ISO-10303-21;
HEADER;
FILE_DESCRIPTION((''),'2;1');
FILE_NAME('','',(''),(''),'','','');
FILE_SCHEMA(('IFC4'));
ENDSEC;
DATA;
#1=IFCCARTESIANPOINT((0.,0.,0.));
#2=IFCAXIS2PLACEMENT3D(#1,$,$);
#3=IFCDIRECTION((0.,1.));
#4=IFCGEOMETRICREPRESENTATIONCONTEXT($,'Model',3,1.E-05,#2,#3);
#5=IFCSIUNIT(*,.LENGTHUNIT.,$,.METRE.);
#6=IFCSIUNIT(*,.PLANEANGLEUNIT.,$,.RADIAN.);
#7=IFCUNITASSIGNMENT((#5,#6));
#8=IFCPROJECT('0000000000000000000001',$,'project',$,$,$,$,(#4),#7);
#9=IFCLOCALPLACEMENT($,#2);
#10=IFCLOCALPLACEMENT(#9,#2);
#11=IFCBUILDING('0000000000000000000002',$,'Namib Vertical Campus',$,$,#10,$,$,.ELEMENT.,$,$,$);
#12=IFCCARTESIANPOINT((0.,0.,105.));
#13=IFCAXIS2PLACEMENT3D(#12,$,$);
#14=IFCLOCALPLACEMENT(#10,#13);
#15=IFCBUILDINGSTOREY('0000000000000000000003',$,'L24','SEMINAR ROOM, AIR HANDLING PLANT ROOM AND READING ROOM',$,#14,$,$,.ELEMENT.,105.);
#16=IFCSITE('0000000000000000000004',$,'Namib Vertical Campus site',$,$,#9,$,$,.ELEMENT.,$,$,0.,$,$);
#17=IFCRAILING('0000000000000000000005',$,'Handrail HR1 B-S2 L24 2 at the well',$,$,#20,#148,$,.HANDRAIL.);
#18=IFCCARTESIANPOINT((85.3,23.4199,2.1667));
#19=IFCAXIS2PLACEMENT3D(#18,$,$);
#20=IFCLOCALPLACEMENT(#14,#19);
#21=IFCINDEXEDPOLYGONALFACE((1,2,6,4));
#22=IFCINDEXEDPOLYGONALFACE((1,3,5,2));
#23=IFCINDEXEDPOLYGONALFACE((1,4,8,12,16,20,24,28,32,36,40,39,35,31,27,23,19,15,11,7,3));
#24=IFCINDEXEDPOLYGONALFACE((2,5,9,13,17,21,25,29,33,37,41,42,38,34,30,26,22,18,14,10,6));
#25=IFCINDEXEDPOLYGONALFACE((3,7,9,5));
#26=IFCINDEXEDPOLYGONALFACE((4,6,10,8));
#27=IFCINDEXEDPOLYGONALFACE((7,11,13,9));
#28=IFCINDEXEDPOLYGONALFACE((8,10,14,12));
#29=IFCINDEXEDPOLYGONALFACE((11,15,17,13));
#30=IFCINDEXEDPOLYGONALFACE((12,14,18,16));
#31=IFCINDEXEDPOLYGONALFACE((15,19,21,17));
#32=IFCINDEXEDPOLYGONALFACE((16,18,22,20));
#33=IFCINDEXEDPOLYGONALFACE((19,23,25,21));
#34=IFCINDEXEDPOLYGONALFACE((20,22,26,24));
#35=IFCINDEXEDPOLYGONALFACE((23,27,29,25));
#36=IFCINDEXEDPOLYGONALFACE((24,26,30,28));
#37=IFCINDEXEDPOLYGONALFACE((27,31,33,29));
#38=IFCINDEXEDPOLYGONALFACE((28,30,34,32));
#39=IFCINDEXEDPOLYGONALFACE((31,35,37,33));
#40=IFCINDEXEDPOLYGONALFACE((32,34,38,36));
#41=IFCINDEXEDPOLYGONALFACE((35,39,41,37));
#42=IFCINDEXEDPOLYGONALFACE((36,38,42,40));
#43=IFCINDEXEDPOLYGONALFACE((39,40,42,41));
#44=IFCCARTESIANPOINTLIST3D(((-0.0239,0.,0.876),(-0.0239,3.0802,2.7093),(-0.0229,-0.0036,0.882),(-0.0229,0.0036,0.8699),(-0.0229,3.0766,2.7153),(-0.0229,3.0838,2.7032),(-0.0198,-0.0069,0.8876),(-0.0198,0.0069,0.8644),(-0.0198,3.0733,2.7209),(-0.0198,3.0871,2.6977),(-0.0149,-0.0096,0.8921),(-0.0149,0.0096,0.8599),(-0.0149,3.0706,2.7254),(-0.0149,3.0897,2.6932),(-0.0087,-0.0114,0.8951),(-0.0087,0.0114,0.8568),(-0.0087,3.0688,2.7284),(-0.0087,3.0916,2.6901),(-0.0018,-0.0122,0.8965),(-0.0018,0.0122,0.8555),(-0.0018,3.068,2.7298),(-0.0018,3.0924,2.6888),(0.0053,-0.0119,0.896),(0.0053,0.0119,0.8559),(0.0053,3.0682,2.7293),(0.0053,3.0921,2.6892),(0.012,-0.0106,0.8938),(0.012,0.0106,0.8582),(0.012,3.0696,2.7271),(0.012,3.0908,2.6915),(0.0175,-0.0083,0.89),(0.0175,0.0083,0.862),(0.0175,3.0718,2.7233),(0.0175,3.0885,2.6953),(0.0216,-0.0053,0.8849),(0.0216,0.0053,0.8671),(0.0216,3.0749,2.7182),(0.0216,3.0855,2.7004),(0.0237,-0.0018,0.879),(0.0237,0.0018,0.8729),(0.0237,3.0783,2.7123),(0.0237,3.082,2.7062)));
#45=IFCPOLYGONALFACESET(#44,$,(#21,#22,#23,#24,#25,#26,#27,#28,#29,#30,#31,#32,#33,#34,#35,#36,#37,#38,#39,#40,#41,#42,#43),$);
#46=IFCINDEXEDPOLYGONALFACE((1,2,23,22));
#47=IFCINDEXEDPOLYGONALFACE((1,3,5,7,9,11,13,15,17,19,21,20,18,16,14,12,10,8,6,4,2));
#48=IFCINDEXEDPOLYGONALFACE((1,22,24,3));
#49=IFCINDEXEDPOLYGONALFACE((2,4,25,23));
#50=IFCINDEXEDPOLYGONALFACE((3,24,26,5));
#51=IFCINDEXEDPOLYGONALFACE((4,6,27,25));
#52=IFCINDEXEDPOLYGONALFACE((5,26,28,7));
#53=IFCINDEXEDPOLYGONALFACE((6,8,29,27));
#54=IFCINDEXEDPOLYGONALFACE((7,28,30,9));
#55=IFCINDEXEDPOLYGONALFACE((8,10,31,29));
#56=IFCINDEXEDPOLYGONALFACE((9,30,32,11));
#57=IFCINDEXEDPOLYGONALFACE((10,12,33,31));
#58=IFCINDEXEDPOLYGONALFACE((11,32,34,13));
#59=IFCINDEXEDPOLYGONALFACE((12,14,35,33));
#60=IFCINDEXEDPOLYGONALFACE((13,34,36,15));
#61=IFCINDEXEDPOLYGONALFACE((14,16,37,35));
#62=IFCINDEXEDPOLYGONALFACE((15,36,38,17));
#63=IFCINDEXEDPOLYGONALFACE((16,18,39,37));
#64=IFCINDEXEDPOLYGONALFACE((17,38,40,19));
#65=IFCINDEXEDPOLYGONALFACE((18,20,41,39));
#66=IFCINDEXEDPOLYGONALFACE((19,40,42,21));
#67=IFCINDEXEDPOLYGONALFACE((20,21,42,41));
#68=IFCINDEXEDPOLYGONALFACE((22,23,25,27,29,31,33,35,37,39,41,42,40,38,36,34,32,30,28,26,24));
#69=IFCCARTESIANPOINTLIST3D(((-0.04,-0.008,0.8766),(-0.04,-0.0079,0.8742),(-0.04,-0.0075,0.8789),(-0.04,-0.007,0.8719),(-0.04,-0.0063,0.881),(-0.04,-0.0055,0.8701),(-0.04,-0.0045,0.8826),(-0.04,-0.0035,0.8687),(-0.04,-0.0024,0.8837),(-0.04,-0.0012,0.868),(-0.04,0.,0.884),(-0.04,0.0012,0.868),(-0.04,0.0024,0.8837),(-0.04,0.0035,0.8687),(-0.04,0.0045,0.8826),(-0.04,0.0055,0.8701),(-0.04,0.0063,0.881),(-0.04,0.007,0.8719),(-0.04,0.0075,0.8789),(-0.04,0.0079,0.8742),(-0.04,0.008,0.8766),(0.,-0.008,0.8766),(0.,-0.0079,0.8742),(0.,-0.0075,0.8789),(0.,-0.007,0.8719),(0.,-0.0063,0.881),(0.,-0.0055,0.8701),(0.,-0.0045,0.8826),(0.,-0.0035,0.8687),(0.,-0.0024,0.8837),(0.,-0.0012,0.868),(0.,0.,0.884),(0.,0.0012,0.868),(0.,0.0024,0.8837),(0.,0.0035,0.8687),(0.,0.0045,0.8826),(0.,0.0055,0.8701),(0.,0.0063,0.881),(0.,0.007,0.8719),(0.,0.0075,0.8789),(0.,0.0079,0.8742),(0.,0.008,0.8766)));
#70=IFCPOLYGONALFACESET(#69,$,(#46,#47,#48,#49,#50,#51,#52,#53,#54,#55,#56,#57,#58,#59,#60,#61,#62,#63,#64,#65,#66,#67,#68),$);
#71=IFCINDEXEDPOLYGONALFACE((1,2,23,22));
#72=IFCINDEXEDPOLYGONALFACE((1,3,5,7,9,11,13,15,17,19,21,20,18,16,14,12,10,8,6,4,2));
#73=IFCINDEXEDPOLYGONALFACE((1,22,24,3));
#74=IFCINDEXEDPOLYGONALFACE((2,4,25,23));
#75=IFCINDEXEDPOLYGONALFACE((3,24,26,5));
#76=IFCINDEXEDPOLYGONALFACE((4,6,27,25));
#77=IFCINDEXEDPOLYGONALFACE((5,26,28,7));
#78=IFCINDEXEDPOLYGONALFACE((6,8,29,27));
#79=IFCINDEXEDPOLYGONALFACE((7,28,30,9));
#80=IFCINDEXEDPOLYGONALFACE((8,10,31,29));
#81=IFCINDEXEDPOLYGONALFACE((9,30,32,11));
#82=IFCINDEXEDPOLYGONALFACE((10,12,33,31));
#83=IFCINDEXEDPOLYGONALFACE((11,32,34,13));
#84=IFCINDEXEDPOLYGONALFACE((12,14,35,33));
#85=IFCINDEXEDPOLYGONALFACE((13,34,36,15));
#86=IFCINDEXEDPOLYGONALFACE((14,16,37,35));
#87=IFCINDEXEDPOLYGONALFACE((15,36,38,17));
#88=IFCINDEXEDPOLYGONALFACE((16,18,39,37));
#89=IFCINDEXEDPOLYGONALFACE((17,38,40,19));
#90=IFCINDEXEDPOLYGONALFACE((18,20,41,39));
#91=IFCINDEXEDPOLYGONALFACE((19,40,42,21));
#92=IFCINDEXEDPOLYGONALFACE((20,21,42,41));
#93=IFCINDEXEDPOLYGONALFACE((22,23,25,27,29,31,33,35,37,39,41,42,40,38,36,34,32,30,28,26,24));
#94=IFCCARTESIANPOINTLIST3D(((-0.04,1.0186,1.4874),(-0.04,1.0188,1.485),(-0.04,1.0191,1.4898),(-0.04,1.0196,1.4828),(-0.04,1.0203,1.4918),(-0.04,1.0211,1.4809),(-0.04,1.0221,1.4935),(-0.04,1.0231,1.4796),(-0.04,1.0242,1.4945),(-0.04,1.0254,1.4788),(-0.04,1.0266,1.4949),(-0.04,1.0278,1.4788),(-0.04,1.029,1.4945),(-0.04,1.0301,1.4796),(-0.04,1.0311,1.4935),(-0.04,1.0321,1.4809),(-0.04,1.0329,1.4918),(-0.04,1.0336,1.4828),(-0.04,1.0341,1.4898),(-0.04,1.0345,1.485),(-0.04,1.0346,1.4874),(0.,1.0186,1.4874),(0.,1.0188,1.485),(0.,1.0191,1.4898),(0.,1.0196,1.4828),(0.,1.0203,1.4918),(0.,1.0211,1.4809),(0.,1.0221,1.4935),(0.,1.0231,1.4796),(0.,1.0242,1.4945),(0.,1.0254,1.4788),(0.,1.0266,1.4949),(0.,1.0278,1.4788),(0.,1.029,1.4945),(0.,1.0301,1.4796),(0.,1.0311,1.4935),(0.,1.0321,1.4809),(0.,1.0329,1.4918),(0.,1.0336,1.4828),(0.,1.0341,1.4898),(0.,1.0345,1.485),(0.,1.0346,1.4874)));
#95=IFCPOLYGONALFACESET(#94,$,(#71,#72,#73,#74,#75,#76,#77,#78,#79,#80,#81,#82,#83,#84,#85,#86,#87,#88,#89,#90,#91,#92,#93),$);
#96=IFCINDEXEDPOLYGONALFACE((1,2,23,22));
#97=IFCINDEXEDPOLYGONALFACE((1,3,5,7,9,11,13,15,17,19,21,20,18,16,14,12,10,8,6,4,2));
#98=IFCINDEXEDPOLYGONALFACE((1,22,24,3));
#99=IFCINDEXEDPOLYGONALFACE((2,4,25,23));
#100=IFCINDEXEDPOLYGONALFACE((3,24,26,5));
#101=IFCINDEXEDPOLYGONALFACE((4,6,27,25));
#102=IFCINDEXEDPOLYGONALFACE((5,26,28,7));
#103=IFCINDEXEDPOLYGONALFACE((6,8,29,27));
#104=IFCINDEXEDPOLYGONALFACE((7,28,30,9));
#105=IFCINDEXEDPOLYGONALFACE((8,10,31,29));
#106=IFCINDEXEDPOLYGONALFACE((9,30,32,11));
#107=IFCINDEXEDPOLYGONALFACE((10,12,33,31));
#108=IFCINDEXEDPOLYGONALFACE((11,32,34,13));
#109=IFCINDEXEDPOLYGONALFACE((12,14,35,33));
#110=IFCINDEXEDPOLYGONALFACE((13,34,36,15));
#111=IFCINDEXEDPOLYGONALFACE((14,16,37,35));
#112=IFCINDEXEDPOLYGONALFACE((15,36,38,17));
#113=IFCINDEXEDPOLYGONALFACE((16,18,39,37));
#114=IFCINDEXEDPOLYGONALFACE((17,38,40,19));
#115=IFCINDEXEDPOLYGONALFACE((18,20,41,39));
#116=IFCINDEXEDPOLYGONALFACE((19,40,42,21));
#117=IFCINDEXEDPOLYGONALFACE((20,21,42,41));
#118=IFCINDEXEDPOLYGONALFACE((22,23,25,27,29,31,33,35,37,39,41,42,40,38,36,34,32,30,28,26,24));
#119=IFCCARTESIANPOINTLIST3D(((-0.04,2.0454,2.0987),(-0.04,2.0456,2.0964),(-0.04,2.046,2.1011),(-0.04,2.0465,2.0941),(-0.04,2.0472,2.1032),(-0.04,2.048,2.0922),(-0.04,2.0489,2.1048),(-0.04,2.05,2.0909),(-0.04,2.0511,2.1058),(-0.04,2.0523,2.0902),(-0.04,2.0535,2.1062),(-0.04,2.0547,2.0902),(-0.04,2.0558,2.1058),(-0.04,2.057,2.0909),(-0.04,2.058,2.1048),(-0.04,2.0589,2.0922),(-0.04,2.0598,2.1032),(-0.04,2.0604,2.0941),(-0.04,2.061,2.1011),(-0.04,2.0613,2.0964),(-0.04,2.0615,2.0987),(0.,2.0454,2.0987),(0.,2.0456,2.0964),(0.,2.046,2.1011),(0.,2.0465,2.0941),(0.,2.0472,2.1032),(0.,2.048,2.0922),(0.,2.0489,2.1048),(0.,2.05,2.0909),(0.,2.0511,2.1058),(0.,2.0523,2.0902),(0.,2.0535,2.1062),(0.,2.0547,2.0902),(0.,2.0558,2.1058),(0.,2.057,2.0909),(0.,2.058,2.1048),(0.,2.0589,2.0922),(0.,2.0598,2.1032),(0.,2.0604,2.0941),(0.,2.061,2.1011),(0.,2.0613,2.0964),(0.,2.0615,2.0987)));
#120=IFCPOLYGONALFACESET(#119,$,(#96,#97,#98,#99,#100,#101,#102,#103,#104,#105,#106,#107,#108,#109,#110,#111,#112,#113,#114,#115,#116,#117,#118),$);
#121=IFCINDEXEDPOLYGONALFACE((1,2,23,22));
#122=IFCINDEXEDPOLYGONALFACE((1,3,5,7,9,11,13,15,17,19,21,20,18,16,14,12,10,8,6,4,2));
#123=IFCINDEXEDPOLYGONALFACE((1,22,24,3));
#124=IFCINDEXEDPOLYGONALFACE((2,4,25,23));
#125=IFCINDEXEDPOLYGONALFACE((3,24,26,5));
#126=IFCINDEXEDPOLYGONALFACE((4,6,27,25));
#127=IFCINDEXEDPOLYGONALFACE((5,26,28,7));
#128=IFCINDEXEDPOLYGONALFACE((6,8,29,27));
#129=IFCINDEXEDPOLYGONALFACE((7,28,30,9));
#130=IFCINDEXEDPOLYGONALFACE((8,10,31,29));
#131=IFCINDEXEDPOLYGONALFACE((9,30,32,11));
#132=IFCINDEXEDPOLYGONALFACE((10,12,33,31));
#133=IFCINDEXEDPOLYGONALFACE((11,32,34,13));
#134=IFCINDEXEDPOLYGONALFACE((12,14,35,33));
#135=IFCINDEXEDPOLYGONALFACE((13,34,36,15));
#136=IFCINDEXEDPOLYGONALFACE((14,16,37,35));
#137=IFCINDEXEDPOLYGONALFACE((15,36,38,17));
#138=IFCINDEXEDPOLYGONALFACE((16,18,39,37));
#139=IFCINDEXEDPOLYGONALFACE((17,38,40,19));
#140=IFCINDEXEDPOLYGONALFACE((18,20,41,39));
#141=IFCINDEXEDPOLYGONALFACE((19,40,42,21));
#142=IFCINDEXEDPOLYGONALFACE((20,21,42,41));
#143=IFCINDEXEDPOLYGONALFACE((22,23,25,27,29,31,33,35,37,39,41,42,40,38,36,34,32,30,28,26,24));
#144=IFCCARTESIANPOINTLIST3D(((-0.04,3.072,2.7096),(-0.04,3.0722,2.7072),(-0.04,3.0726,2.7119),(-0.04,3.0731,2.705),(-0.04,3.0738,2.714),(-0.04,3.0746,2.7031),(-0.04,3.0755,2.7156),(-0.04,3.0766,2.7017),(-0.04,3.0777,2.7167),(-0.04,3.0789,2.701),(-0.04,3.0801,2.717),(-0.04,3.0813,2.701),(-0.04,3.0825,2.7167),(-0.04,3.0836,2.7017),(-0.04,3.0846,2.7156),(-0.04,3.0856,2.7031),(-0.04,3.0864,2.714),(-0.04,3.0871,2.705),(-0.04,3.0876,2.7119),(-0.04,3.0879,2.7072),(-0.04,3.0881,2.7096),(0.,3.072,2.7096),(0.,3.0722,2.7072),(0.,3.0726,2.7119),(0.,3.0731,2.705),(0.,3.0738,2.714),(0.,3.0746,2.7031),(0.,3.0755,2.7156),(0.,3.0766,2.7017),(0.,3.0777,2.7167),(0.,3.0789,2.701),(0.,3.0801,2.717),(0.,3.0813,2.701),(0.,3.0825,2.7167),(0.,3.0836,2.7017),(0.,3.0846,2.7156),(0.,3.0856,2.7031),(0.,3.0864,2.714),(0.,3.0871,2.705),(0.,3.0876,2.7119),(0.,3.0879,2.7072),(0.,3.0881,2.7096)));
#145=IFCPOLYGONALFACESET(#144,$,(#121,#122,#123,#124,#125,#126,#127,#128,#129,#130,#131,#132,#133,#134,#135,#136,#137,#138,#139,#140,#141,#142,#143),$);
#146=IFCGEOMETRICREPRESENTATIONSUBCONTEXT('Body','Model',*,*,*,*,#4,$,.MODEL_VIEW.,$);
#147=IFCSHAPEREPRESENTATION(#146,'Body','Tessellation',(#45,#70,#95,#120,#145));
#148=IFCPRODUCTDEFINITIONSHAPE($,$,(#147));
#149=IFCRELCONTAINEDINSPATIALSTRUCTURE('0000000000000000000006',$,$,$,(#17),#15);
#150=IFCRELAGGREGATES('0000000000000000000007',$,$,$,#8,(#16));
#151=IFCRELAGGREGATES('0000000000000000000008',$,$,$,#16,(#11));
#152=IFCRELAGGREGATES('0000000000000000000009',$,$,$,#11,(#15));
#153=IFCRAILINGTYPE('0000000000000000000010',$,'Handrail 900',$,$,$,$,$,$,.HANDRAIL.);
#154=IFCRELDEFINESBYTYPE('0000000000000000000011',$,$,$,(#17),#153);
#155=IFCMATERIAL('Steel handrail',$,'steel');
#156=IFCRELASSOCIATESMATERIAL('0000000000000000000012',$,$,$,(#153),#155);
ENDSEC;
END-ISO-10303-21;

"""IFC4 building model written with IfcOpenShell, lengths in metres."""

from ifc_helpers import new_model, si_unit, direction, frame, origin, origin_2d, place, context, subcontext, project, spatial, circle, extrude, material, type_object, element, save


model = new_model("IFC4")

# Units and contexts
model_context = context("Model", 3, precision=1e-05, world=origin(), true_north=direction((0.0, 1.0)))
body_context = subcontext(model_context, "Body", "Model", "MODEL_VIEW")
ifc_project = project(units=[si_unit("LENGTHUNIT", "METRE"), si_unit("PLANEANGLEUNIT", "RADIAN")], contexts=[model_context])

# Site, building, storey
site_placement = place(None, origin())
site = spatial("IfcSite", under=ifc_project, at=site_placement, Name="Namib Vertical Campus site", CompositionType="ELEMENT", RefElevation=0.0)
building_placement = place(site_placement, origin())
building = spatial("IfcBuilding", under=site, at=building_placement, Name="Namib Vertical Campus", CompositionType="ELEMENT")
storey_placement = place(building_placement, frame((0.0, 0.0, 105.0)))
storey = spatial("IfcBuildingStorey", under=building, at=storey_placement, Name="L24", Description="SEMINAR ROOM, AIR HANDLING PLANT ROOM AND READING ROOM", CompositionType="ELEMENT", Elevation=105.0)

# Railing
ifc_material_1 = material(Name="Steel handrail", Category="steel")
railing_type_1 = type_object("IfcRailingType", Name="Handrail 900", PredefinedType="HANDRAIL", material=ifc_material_1)
railing_1_placement = place(storey_placement, frame((85.3, 23.4199, 2.1667)))
element("IfcRailing", 1, at=railing_1_placement, inside=storey, type_object=railing_type_1, Name="Handrail HR1 B-S2 L24 2 at the well", PredefinedType="HANDRAIL", context=body_context, shape_type="SweptSolid", body=[
    extrude(circle(Radius=0.0239, at=origin_2d()), frame((0.0, 0.0, 0.876), z_axis=(0.0, 0.859309, 0.511458), x_axis=(-1.0, 0.0, 0.0)), (0.0, 0.0, 1.0), 3.5845),
    extrude(circle(Radius=0.0081, at=origin_2d()), frame((0.0, 0.0, 0.876), z_axis=(-1.0, 0.0, 0.0), x_axis=(0.0, 0.0, 1.0)), (0.0, 0.0, 1.0), 0.04),
    extrude(circle(Radius=0.0081, at=origin_2d()), frame((0.0, 1.0266, 1.4868), z_axis=(-1.0, 0.0, 0.0), x_axis=(0.0, 0.0, 1.0)), (0.0, 0.0, 1.0), 0.04),
    extrude(circle(Radius=0.0081, at=origin_2d()), frame((0.0, 2.0535, 2.0981), z_axis=(-1.0, 0.0, 0.0), x_axis=(0.0, 0.0, 1.0)), (0.0, 0.0, 1.0), 0.04),
    extrude(circle(Radius=0.0081, at=origin_2d()), frame((0.0, 3.0801, 2.709), z_axis=(-1.0, 0.0, 0.0), x_axis=(0.0, 0.0, 1.0)), (0.0, 0.0, 1.0), 0.04),
])

save(model, "model.ifc")
